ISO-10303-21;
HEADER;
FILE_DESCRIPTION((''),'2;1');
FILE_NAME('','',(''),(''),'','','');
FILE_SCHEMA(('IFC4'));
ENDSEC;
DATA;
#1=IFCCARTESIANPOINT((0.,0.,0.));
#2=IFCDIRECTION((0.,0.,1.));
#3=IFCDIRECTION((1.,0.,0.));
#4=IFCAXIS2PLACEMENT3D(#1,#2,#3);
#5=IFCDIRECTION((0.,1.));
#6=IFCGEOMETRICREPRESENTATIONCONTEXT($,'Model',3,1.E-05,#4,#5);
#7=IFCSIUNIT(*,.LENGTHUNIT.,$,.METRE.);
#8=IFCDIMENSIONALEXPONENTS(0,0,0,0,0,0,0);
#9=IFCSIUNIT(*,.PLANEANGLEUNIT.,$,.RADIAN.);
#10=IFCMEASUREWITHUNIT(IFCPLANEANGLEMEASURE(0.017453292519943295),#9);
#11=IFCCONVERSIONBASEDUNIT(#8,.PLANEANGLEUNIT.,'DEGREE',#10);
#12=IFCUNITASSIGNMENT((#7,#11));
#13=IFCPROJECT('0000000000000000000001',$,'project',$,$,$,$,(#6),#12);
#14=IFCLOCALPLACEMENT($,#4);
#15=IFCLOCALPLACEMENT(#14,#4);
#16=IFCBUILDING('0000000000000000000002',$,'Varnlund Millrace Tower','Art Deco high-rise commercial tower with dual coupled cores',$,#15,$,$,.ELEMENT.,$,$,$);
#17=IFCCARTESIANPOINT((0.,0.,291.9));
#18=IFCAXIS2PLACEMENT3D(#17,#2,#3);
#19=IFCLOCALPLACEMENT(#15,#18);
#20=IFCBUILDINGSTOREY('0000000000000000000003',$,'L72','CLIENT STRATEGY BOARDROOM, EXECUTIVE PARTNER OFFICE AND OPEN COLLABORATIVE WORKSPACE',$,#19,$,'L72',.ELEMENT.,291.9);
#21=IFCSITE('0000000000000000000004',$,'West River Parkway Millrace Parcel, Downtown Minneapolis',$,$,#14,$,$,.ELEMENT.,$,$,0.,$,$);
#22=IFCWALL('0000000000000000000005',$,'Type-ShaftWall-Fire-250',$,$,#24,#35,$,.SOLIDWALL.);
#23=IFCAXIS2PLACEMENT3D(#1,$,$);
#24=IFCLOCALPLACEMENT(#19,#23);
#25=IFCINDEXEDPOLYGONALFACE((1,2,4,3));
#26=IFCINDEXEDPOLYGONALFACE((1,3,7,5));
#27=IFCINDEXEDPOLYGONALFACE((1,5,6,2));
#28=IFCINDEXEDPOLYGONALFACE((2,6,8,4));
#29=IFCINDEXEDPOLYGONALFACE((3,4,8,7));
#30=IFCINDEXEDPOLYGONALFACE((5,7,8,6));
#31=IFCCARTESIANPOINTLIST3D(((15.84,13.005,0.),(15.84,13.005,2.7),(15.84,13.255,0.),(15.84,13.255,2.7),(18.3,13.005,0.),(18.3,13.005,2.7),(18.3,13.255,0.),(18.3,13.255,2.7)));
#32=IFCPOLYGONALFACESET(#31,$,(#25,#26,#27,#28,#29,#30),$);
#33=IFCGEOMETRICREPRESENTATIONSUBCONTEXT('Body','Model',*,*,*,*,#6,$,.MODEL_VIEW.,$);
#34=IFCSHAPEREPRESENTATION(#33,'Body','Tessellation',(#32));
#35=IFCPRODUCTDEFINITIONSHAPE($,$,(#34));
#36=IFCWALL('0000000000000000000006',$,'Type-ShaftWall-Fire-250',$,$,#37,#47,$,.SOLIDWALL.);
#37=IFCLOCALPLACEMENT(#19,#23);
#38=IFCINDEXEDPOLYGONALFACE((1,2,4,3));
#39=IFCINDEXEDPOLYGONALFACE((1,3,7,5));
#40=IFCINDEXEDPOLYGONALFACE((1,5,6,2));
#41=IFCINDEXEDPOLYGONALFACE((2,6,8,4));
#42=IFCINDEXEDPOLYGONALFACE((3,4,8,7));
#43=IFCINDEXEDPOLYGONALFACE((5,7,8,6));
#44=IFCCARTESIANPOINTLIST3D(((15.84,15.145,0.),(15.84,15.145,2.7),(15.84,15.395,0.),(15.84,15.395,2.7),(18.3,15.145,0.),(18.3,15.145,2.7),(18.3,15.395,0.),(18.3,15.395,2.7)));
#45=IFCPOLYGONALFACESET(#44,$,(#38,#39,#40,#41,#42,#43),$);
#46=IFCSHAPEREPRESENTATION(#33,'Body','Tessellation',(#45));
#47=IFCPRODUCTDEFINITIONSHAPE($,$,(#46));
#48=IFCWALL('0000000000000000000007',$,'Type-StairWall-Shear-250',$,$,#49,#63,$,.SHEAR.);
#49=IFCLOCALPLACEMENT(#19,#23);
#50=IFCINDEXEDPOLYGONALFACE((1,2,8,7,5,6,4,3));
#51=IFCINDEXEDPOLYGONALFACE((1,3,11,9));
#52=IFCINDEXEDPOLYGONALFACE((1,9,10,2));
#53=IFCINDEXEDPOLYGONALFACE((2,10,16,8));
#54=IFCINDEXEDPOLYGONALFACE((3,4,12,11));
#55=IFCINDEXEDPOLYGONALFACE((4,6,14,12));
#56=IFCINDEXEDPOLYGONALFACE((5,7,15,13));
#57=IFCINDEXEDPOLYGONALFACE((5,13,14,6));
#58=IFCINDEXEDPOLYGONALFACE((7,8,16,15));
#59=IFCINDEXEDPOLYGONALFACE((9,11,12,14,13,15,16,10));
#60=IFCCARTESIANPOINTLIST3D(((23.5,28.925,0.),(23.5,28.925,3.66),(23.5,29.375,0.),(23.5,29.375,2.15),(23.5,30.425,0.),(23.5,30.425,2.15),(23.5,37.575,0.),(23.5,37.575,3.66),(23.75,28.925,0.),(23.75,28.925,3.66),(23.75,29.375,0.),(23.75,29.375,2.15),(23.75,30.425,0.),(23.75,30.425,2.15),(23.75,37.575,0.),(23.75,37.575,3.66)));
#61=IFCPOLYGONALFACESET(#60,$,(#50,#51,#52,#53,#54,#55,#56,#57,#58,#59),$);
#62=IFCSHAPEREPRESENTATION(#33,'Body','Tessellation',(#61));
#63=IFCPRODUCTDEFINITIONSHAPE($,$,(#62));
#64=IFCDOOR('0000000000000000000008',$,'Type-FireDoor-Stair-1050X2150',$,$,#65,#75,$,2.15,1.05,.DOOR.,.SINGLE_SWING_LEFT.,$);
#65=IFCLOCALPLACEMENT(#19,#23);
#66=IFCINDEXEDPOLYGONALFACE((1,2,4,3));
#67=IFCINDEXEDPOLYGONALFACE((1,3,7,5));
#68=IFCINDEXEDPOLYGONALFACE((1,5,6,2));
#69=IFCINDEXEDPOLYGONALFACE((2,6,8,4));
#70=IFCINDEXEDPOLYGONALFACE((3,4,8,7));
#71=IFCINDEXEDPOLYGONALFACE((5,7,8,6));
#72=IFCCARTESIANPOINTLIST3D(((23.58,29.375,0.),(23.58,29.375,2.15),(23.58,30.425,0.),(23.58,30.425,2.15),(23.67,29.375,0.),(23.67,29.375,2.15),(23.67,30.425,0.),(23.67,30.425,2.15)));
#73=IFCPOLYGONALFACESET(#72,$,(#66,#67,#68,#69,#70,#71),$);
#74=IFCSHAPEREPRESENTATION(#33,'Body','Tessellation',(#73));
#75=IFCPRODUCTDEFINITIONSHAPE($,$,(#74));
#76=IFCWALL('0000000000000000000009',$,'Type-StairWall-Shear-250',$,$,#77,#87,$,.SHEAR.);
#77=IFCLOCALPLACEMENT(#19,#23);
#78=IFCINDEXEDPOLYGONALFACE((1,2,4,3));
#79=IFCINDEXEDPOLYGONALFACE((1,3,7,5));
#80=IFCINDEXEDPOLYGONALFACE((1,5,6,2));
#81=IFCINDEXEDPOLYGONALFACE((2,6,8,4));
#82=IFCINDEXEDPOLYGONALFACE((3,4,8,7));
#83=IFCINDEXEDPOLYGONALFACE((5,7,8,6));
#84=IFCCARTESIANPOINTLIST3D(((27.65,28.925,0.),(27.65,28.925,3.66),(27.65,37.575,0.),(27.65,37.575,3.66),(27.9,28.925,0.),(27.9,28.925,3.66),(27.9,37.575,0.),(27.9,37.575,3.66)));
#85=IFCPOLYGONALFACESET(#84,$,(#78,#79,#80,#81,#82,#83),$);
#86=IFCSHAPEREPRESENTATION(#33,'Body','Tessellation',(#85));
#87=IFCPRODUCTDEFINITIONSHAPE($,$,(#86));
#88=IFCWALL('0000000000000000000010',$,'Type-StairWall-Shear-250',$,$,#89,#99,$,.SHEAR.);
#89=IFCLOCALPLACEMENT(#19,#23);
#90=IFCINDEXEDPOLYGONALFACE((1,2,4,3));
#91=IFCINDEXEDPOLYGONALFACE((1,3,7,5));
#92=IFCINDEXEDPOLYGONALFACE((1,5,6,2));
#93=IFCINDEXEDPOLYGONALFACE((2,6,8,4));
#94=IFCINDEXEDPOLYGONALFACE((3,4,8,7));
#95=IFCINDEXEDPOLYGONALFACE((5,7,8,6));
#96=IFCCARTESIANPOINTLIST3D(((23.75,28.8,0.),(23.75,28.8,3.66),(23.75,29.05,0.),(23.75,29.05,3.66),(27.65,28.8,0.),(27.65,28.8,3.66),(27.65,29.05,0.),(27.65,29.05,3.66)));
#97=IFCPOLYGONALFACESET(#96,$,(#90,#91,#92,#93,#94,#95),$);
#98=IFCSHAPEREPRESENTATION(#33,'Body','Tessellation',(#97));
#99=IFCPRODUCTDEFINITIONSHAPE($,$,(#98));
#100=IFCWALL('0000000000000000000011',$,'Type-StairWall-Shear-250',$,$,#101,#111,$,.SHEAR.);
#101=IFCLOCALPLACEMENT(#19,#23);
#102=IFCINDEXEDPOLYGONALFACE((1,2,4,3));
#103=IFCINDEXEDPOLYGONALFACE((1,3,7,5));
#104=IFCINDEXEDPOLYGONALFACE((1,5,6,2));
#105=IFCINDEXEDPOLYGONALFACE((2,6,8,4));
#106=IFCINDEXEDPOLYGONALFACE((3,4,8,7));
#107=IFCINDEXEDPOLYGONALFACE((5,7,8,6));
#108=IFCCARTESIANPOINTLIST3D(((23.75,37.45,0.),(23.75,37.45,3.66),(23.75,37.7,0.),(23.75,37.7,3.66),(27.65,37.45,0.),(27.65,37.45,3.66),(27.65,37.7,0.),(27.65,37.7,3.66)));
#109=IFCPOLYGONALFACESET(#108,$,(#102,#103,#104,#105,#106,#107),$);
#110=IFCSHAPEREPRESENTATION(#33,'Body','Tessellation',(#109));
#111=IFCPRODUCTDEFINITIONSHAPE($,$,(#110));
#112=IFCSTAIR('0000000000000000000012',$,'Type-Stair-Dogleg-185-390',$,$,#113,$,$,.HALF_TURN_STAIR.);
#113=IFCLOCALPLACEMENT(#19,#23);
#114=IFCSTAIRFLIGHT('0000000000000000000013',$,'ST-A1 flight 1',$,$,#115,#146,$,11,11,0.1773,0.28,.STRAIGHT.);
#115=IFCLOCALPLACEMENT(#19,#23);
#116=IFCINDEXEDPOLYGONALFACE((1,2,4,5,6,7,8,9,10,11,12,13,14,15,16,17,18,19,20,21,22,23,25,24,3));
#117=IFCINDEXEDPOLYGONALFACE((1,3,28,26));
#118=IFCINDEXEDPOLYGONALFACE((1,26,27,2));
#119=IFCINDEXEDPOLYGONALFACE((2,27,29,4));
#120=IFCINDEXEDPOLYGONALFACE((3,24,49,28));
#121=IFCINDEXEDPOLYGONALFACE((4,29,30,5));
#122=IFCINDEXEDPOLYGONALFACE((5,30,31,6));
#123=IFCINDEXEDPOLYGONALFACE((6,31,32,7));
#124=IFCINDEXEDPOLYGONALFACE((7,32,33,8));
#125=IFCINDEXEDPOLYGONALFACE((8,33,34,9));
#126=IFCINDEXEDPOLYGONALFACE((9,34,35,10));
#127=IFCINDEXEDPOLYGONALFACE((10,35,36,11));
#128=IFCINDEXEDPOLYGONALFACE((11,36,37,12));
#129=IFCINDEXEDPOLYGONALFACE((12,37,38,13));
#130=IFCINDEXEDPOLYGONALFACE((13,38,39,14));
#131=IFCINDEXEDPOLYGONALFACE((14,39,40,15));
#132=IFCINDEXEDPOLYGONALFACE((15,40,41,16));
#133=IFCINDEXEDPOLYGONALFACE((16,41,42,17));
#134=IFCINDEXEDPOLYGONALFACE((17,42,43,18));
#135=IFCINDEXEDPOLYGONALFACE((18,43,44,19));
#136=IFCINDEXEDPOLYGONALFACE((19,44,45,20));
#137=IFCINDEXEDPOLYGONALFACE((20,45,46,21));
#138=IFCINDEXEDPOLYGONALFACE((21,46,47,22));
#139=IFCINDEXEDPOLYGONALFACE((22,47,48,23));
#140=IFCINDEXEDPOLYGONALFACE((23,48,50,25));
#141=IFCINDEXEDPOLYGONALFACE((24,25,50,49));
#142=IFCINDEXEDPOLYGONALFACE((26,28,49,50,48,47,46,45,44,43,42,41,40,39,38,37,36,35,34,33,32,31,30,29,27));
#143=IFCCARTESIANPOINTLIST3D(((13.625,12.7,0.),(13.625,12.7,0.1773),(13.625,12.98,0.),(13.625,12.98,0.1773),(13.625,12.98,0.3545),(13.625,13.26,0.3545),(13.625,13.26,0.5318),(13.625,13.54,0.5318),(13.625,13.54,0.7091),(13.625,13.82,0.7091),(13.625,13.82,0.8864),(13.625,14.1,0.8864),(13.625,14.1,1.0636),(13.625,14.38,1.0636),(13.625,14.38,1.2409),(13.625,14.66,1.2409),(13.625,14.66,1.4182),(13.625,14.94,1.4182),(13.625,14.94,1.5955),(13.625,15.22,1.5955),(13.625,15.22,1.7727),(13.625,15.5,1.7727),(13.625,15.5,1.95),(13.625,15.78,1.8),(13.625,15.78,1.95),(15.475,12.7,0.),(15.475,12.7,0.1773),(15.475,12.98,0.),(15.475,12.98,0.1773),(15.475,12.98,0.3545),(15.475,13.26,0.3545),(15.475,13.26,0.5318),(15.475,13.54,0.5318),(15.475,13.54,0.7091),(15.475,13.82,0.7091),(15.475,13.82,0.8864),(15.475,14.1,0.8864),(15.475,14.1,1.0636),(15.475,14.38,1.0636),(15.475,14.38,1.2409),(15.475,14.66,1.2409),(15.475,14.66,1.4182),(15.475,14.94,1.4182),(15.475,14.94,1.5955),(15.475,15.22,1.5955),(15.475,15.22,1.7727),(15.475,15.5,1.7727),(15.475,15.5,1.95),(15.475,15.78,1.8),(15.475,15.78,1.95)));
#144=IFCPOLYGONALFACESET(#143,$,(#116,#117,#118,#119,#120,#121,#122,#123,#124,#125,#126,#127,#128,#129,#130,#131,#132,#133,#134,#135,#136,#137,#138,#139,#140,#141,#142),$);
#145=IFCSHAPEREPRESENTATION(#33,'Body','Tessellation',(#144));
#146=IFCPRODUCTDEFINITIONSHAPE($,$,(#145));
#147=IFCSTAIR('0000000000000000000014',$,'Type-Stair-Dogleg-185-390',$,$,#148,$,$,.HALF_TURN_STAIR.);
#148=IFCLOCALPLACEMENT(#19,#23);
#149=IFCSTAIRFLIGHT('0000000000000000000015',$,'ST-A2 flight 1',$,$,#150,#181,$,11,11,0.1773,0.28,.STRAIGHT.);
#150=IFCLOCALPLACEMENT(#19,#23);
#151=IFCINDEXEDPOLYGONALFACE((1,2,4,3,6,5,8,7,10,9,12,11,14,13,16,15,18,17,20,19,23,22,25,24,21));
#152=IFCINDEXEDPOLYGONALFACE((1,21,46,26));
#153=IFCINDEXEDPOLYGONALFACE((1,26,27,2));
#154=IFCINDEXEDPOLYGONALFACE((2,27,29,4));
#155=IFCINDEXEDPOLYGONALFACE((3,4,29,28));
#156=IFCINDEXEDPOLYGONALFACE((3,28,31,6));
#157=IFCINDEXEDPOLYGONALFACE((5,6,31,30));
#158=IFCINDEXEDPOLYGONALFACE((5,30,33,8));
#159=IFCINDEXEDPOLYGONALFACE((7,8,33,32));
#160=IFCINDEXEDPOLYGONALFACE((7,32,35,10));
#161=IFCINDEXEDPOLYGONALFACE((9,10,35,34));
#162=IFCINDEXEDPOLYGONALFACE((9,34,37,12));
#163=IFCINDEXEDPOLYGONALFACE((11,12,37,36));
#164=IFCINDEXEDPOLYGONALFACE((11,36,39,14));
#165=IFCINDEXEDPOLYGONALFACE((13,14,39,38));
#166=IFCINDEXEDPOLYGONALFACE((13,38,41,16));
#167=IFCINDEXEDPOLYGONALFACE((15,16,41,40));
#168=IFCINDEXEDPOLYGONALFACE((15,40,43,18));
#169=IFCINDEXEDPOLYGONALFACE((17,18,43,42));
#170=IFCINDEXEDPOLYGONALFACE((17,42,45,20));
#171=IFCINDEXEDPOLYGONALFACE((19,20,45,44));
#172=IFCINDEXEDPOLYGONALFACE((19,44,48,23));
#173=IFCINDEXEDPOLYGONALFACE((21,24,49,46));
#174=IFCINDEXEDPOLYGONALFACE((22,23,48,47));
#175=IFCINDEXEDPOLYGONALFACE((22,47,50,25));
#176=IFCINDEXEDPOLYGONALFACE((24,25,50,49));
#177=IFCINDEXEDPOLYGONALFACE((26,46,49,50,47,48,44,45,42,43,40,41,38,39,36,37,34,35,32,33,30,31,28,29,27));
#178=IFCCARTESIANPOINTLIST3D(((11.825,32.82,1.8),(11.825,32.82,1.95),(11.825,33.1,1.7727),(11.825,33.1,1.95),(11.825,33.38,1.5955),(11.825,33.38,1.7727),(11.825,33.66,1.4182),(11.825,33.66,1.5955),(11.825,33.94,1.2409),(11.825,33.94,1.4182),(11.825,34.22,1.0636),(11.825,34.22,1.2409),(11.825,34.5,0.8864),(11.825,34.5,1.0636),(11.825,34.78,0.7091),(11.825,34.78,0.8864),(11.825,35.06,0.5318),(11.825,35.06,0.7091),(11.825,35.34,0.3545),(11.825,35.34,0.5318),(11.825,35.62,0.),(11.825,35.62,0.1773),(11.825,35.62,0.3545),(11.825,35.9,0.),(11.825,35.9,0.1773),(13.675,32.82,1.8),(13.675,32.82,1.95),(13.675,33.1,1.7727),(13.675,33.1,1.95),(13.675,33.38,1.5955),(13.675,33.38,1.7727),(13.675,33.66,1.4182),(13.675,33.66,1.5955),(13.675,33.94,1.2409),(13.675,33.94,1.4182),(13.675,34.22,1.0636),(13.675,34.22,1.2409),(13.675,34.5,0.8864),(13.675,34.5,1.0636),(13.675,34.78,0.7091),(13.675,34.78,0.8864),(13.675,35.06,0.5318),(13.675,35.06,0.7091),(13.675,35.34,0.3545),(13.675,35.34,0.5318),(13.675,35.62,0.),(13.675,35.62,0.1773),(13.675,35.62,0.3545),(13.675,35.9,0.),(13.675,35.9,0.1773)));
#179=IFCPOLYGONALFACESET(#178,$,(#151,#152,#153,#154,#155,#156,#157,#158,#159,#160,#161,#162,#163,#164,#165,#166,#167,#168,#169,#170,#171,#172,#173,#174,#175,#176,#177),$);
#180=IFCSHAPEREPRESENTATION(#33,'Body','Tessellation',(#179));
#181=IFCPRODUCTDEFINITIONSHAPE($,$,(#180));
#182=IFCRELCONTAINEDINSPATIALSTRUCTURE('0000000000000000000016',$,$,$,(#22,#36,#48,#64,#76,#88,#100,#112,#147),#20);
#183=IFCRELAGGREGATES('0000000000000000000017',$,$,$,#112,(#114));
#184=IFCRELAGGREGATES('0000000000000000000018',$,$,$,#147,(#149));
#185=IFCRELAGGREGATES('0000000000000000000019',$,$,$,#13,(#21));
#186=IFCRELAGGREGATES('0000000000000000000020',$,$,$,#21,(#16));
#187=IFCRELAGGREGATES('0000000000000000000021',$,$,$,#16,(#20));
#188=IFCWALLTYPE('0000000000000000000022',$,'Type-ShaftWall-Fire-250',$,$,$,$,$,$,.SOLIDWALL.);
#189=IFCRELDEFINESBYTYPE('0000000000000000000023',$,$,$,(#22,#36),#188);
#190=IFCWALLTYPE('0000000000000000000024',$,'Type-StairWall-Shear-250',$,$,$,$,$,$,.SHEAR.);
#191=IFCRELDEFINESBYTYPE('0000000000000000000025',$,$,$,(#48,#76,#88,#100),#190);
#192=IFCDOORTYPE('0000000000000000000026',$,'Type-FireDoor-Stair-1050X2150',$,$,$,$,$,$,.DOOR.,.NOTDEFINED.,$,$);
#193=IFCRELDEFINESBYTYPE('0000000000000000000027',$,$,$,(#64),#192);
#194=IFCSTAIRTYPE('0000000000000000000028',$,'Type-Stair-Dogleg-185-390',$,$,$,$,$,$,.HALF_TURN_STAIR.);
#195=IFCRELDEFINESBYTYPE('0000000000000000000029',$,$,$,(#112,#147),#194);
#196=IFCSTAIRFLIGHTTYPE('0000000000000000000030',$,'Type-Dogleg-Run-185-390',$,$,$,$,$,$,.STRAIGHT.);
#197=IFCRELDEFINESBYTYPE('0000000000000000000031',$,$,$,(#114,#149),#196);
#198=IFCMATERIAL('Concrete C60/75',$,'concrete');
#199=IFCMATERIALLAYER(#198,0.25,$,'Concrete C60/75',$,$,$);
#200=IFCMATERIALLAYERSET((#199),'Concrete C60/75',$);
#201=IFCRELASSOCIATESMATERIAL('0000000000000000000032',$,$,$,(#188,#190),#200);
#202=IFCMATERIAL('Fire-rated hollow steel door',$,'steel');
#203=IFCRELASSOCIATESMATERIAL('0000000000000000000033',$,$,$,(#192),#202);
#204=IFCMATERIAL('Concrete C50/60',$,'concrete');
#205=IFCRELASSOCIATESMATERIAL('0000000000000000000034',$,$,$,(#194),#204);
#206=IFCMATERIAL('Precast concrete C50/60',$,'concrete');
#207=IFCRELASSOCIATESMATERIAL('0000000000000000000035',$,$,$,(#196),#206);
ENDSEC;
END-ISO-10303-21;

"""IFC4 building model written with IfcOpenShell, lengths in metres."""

from ifc_helpers import new_model, entity, si_unit, converted_unit, direction, frame, origin_with_axes, origin_2d_with_axis, place, context, subcontext, project, spatial, polyline, rectangle, outline, extrude, material, layer, layer_set, type_object, element, fill, aggregate, save


model = new_model("IFC4")

# Units and contexts
model_context = context("Model", 3, precision=1e-05, world=origin_with_axes(), true_north=direction((0.0, 1.0)))
body_context = subcontext(model_context, "Body", "Model", "MODEL_VIEW")
ifc_project = project(units=[si_unit("LENGTHUNIT", "METRE"), converted_unit("PLANEANGLEUNIT", "DEGREE", entity("IfcPlaneAngleMeasure", 0.017453292519943295), si_unit("PLANEANGLEUNIT", "RADIAN"), dimensions=[0, 0, 0, 0, 0, 0, 0])], contexts=[model_context])

# Site, building, storey
site_placement = place(None, origin_with_axes())
site = spatial("IfcSite", under=ifc_project, at=site_placement, Name="West River Parkway Millrace Parcel, Downtown Minneapolis", CompositionType="ELEMENT", RefElevation=0.0)
building_placement = place(site_placement, origin_with_axes())
building = spatial("IfcBuilding", under=site, at=building_placement, Name="Varnlund Millrace Tower", Description="Art Deco high-rise commercial tower with dual coupled cores", CompositionType="ELEMENT")
storey_placement = place(building_placement, frame((0.0, 0.0, 291.9), z_axis=(0.0, 0.0, 1.0), x_axis=(1.0, 0.0, 0.0)))
storey = spatial("IfcBuildingStorey", under=building, at=storey_placement, Name="L72", Description="CLIENT STRATEGY BOARDROOM, EXECUTIVE PARTNER OFFICE AND OPEN COLLABORATIVE WORKSPACE", LongName="L72", CompositionType="ELEMENT", Elevation=291.9)

# Shared definitions
ifc_material_1 = material(Name="Concrete C60/75", Category="concrete")

# Shared definitions
ifc_layer = layer(ifc_material_1, 0.25, Name="Concrete C60/75")
ifc_layer_set = layer_set([ifc_layer], Name="Concrete C60/75")
wall_type_1 = type_object("IfcWallType", Name="Type-ShaftWall-Fire-250", PredefinedType="SOLIDWALL", material=ifc_layer_set)

# Walls
for number, where, z_axis, x_axis, name in (
    (1, (15.84, 13.13, 0.0), (0.0, 0.0, 1.0), (1.0, 0.0, 0.0), "Type-ShaftWall-Fire-250"),
    (2, (15.84, 15.27, 0.0), (0.0, 0.0, 1.0), (1.0, 0.0, 0.0), "Type-ShaftWall-Fire-250"),
):
    element("IfcWall", number, at=place(storey_placement, frame(where, z_axis=z_axis, x_axis=x_axis)), inside=storey, type_object=wall_type_1, Name=name, PredefinedType="SOLIDWALL", context=body_context, shape_type="SweptSolid", body=[
        extrude(outline(polyline([(0.0, -0.125), (2.46, -0.125), (2.46, 0.125), (0.0, 0.125), (0.0, -0.125)])), origin_with_axes(), (0.0, 0.0, 1.0), 2.7),
    ])

# Wall, opening, door
wall_type_2 = type_object("IfcWallType", Name="Type-StairWall-Shear-250", PredefinedType="SHEAR", material=ifc_layer_set)
wall_1_placement = place(storey_placement, frame((23.625, 28.925, 0.0), z_axis=(0.0, 0.0, 1.0), x_axis=(0.0, 1.0, 0.0)))
wall_1 = element("IfcWall", 3, at=wall_1_placement, inside=storey, type_object=wall_type_2, Name="Type-StairWall-Shear-250", PredefinedType="SHEAR", context=body_context, shape_type="SweptSolid", body=[
    extrude(outline(polyline([(0.0, -0.125), (8.65, -0.125), (8.65, 0.125), (0.0, 0.125), (0.0, -0.125)])), origin_with_axes(), (0.0, 0.0, 1.0), 3.66),
])
opening_1_placement = place(wall_1_placement, frame((0.975, 0.0, 0.0), z_axis=(0.0, 0.0, 1.0), x_axis=(1.0, 0.0, 0.0)))
opening_1 = element("IfcOpeningElement", 4, at=opening_1_placement, cuts=wall_1, PredefinedType="OPENING", context=body_context, shape_type="SweptSolid", body=[
    extrude(rectangle(XDim=1.05, YDim=0.27, at=origin_2d_with_axis()), origin_with_axes(), (0.0, 0.0, 1.0), 2.15),
])
ifc_material_2 = material(Name="Fire-rated hollow steel door", Category="steel")
door_type_1 = type_object("IfcDoorType", Name="Type-FireDoor-Stair-1050X2150", OperationType="NOTDEFINED", PredefinedType="DOOR", material=ifc_material_2)
door_1_placement = place(wall_1_placement, frame((0.975, 0.0, 0.0), z_axis=(0.0, 0.0, 1.0), x_axis=(1.0, 0.0, 0.0)))
door_1 = element("IfcDoor", 5, at=door_1_placement, inside=storey, type_object=door_type_1, Name="Type-FireDoor-Stair-1050X2150", OperationType="SINGLE_SWING_LEFT", OverallHeight=2.15, OverallWidth=1.05, PredefinedType="DOOR", context=body_context, shape_type="SweptSolid", body=[
    extrude(rectangle(XDim=1.05, YDim=0.09, at=origin_2d_with_axis()), origin_with_axes(), (0.0, 0.0, 1.0), 2.15),
])
fill(opening_1, door_1)

# Walls
wall_2_placement = place(storey_placement, frame((27.775, 28.925, 0.0), z_axis=(0.0, 0.0, 1.0), x_axis=(0.0, 1.0, 0.0)))
element("IfcWall", 6, at=wall_2_placement, inside=storey, type_object=wall_type_2, Name="Type-StairWall-Shear-250", PredefinedType="SHEAR", context=body_context, shape_type="SweptSolid", body=[
    extrude(outline(polyline([(0.0, -0.125), (8.65, -0.125), (8.65, 0.125), (0.0, 0.125), (0.0, -0.125)])), origin_with_axes(), (0.0, 0.0, 1.0), 3.66),
])
for number, where, z_axis, x_axis, name in (
    (7, (23.75, 28.925, 0.0), (0.0, 0.0, 1.0), (1.0, 0.0, 0.0), "Type-StairWall-Shear-250"),
    (8, (23.75, 37.575, 0.0), (0.0, 0.0, 1.0), (1.0, 0.0, 0.0), "Type-StairWall-Shear-250"),
):
    element("IfcWall", number, at=place(storey_placement, frame(where, z_axis=z_axis, x_axis=x_axis)), inside=storey, type_object=wall_type_2, Name=name, PredefinedType="SHEAR", context=body_context, shape_type="SweptSolid", body=[
        extrude(outline(polyline([(0.0, -0.125), (3.9, -0.125), (3.9, 0.125), (0.0, 0.125), (0.0, -0.125)])), origin_with_axes(), (0.0, 0.0, 1.0), 3.66),
    ])

# Stairs, stair flights
ifc_material_3 = material(Name="Concrete C50/60", Category="concrete")
stair_type = type_object("IfcStairType", Name="Type-Stair-Dogleg-185-390", PredefinedType="HALF_TURN_STAIR", material=ifc_material_3)
stair_1_placement = place(storey_placement, origin_with_axes())
stair_1 = element("IfcStair", 9, at=stair_1_placement, inside=storey, type_object=stair_type, Name="Type-Stair-Dogleg-185-390", PredefinedType="HALF_TURN_STAIR")
ifc_material_4 = material(Name="Precast concrete C50/60", Category="concrete")
stair_flight_type = type_object("IfcStairFlightType", Name="Type-Dogleg-Run-185-390", PredefinedType="STRAIGHT", material=ifc_material_4)
stair_flight_1_placement = place(storey_placement, frame((13.625, 12.7, 0.0), z_axis=(1.0, 0.0, 0.0), x_axis=(0.0, 1.0, 0.0)))
stair_flight_1 = element("IfcStairFlight", 10, at=stair_flight_1_placement, type_object=stair_flight_type, Name="ST-A1 flight 1", NumberOfRisers=11, NumberOfTreads=11, PredefinedType="STRAIGHT", RiserHeight=0.1773, TreadLength=0.28, context=body_context, shape_type="SweptSolid", body=[
    extrude(outline(polyline([(0.0, 0.0), (0.0, 0.1773), (0.28, 0.1773), (0.28, 0.3545), (0.56, 0.3545), (0.56, 0.5318), (0.84, 0.5318), (0.84, 0.7091), (1.12, 0.7091), (1.12, 0.8864), (1.4, 0.8864), (1.4, 1.0636), (1.68, 1.0636), (1.68, 1.2409), (1.96, 1.2409), (1.96, 1.4182), (2.24, 1.4182), (2.24, 1.5955), (2.52, 1.5955), (2.52, 1.7727), (2.8, 1.7727), (2.8, 1.95), (3.08, 1.95), (3.08, 1.8), (0.28, 0.0), (0.0, 0.0)])), origin_with_axes(), (0.0, 0.0, 1.0), 1.85),
])
aggregate(stair_1, [stair_flight_1])
stair_2_placement = place(storey_placement, origin_with_axes())
stair_2 = element("IfcStair", 11, at=stair_2_placement, inside=storey, type_object=stair_type, Name="Type-Stair-Dogleg-185-390", PredefinedType="HALF_TURN_STAIR")
stair_flight_2_placement = place(storey_placement, frame((13.675, 35.9, 0.0), z_axis=(-1.0, 0.0, 0.0), x_axis=(0.0, -1.0, 0.0)))
stair_flight_2 = element("IfcStairFlight", 12, at=stair_flight_2_placement, type_object=stair_flight_type, Name="ST-A2 flight 1", NumberOfRisers=11, NumberOfTreads=11, PredefinedType="STRAIGHT", RiserHeight=0.1773, TreadLength=0.28, context=body_context, shape_type="SweptSolid", body=[
    extrude(outline(polyline([(0.0, 0.0), (0.0, 0.1773), (0.28, 0.1773), (0.28, 0.3545), (0.56, 0.3545), (0.56, 0.5318), (0.84, 0.5318), (0.84, 0.7091), (1.12, 0.7091), (1.12, 0.8864), (1.4, 0.8864), (1.4, 1.0636), (1.68, 1.0636), (1.68, 1.2409), (1.96, 1.2409), (1.96, 1.4182), (2.24, 1.4182), (2.24, 1.5955), (2.52, 1.5955), (2.52, 1.7727), (2.8, 1.7727), (2.8, 1.95), (3.08, 1.95), (3.08, 1.8), (0.28, 0.0), (0.0, 0.0)])), origin_with_axes(), (0.0, 0.0, 1.0), 1.85),
])
aggregate(stair_2, [stair_flight_2])

save(model, "model.ifc")
